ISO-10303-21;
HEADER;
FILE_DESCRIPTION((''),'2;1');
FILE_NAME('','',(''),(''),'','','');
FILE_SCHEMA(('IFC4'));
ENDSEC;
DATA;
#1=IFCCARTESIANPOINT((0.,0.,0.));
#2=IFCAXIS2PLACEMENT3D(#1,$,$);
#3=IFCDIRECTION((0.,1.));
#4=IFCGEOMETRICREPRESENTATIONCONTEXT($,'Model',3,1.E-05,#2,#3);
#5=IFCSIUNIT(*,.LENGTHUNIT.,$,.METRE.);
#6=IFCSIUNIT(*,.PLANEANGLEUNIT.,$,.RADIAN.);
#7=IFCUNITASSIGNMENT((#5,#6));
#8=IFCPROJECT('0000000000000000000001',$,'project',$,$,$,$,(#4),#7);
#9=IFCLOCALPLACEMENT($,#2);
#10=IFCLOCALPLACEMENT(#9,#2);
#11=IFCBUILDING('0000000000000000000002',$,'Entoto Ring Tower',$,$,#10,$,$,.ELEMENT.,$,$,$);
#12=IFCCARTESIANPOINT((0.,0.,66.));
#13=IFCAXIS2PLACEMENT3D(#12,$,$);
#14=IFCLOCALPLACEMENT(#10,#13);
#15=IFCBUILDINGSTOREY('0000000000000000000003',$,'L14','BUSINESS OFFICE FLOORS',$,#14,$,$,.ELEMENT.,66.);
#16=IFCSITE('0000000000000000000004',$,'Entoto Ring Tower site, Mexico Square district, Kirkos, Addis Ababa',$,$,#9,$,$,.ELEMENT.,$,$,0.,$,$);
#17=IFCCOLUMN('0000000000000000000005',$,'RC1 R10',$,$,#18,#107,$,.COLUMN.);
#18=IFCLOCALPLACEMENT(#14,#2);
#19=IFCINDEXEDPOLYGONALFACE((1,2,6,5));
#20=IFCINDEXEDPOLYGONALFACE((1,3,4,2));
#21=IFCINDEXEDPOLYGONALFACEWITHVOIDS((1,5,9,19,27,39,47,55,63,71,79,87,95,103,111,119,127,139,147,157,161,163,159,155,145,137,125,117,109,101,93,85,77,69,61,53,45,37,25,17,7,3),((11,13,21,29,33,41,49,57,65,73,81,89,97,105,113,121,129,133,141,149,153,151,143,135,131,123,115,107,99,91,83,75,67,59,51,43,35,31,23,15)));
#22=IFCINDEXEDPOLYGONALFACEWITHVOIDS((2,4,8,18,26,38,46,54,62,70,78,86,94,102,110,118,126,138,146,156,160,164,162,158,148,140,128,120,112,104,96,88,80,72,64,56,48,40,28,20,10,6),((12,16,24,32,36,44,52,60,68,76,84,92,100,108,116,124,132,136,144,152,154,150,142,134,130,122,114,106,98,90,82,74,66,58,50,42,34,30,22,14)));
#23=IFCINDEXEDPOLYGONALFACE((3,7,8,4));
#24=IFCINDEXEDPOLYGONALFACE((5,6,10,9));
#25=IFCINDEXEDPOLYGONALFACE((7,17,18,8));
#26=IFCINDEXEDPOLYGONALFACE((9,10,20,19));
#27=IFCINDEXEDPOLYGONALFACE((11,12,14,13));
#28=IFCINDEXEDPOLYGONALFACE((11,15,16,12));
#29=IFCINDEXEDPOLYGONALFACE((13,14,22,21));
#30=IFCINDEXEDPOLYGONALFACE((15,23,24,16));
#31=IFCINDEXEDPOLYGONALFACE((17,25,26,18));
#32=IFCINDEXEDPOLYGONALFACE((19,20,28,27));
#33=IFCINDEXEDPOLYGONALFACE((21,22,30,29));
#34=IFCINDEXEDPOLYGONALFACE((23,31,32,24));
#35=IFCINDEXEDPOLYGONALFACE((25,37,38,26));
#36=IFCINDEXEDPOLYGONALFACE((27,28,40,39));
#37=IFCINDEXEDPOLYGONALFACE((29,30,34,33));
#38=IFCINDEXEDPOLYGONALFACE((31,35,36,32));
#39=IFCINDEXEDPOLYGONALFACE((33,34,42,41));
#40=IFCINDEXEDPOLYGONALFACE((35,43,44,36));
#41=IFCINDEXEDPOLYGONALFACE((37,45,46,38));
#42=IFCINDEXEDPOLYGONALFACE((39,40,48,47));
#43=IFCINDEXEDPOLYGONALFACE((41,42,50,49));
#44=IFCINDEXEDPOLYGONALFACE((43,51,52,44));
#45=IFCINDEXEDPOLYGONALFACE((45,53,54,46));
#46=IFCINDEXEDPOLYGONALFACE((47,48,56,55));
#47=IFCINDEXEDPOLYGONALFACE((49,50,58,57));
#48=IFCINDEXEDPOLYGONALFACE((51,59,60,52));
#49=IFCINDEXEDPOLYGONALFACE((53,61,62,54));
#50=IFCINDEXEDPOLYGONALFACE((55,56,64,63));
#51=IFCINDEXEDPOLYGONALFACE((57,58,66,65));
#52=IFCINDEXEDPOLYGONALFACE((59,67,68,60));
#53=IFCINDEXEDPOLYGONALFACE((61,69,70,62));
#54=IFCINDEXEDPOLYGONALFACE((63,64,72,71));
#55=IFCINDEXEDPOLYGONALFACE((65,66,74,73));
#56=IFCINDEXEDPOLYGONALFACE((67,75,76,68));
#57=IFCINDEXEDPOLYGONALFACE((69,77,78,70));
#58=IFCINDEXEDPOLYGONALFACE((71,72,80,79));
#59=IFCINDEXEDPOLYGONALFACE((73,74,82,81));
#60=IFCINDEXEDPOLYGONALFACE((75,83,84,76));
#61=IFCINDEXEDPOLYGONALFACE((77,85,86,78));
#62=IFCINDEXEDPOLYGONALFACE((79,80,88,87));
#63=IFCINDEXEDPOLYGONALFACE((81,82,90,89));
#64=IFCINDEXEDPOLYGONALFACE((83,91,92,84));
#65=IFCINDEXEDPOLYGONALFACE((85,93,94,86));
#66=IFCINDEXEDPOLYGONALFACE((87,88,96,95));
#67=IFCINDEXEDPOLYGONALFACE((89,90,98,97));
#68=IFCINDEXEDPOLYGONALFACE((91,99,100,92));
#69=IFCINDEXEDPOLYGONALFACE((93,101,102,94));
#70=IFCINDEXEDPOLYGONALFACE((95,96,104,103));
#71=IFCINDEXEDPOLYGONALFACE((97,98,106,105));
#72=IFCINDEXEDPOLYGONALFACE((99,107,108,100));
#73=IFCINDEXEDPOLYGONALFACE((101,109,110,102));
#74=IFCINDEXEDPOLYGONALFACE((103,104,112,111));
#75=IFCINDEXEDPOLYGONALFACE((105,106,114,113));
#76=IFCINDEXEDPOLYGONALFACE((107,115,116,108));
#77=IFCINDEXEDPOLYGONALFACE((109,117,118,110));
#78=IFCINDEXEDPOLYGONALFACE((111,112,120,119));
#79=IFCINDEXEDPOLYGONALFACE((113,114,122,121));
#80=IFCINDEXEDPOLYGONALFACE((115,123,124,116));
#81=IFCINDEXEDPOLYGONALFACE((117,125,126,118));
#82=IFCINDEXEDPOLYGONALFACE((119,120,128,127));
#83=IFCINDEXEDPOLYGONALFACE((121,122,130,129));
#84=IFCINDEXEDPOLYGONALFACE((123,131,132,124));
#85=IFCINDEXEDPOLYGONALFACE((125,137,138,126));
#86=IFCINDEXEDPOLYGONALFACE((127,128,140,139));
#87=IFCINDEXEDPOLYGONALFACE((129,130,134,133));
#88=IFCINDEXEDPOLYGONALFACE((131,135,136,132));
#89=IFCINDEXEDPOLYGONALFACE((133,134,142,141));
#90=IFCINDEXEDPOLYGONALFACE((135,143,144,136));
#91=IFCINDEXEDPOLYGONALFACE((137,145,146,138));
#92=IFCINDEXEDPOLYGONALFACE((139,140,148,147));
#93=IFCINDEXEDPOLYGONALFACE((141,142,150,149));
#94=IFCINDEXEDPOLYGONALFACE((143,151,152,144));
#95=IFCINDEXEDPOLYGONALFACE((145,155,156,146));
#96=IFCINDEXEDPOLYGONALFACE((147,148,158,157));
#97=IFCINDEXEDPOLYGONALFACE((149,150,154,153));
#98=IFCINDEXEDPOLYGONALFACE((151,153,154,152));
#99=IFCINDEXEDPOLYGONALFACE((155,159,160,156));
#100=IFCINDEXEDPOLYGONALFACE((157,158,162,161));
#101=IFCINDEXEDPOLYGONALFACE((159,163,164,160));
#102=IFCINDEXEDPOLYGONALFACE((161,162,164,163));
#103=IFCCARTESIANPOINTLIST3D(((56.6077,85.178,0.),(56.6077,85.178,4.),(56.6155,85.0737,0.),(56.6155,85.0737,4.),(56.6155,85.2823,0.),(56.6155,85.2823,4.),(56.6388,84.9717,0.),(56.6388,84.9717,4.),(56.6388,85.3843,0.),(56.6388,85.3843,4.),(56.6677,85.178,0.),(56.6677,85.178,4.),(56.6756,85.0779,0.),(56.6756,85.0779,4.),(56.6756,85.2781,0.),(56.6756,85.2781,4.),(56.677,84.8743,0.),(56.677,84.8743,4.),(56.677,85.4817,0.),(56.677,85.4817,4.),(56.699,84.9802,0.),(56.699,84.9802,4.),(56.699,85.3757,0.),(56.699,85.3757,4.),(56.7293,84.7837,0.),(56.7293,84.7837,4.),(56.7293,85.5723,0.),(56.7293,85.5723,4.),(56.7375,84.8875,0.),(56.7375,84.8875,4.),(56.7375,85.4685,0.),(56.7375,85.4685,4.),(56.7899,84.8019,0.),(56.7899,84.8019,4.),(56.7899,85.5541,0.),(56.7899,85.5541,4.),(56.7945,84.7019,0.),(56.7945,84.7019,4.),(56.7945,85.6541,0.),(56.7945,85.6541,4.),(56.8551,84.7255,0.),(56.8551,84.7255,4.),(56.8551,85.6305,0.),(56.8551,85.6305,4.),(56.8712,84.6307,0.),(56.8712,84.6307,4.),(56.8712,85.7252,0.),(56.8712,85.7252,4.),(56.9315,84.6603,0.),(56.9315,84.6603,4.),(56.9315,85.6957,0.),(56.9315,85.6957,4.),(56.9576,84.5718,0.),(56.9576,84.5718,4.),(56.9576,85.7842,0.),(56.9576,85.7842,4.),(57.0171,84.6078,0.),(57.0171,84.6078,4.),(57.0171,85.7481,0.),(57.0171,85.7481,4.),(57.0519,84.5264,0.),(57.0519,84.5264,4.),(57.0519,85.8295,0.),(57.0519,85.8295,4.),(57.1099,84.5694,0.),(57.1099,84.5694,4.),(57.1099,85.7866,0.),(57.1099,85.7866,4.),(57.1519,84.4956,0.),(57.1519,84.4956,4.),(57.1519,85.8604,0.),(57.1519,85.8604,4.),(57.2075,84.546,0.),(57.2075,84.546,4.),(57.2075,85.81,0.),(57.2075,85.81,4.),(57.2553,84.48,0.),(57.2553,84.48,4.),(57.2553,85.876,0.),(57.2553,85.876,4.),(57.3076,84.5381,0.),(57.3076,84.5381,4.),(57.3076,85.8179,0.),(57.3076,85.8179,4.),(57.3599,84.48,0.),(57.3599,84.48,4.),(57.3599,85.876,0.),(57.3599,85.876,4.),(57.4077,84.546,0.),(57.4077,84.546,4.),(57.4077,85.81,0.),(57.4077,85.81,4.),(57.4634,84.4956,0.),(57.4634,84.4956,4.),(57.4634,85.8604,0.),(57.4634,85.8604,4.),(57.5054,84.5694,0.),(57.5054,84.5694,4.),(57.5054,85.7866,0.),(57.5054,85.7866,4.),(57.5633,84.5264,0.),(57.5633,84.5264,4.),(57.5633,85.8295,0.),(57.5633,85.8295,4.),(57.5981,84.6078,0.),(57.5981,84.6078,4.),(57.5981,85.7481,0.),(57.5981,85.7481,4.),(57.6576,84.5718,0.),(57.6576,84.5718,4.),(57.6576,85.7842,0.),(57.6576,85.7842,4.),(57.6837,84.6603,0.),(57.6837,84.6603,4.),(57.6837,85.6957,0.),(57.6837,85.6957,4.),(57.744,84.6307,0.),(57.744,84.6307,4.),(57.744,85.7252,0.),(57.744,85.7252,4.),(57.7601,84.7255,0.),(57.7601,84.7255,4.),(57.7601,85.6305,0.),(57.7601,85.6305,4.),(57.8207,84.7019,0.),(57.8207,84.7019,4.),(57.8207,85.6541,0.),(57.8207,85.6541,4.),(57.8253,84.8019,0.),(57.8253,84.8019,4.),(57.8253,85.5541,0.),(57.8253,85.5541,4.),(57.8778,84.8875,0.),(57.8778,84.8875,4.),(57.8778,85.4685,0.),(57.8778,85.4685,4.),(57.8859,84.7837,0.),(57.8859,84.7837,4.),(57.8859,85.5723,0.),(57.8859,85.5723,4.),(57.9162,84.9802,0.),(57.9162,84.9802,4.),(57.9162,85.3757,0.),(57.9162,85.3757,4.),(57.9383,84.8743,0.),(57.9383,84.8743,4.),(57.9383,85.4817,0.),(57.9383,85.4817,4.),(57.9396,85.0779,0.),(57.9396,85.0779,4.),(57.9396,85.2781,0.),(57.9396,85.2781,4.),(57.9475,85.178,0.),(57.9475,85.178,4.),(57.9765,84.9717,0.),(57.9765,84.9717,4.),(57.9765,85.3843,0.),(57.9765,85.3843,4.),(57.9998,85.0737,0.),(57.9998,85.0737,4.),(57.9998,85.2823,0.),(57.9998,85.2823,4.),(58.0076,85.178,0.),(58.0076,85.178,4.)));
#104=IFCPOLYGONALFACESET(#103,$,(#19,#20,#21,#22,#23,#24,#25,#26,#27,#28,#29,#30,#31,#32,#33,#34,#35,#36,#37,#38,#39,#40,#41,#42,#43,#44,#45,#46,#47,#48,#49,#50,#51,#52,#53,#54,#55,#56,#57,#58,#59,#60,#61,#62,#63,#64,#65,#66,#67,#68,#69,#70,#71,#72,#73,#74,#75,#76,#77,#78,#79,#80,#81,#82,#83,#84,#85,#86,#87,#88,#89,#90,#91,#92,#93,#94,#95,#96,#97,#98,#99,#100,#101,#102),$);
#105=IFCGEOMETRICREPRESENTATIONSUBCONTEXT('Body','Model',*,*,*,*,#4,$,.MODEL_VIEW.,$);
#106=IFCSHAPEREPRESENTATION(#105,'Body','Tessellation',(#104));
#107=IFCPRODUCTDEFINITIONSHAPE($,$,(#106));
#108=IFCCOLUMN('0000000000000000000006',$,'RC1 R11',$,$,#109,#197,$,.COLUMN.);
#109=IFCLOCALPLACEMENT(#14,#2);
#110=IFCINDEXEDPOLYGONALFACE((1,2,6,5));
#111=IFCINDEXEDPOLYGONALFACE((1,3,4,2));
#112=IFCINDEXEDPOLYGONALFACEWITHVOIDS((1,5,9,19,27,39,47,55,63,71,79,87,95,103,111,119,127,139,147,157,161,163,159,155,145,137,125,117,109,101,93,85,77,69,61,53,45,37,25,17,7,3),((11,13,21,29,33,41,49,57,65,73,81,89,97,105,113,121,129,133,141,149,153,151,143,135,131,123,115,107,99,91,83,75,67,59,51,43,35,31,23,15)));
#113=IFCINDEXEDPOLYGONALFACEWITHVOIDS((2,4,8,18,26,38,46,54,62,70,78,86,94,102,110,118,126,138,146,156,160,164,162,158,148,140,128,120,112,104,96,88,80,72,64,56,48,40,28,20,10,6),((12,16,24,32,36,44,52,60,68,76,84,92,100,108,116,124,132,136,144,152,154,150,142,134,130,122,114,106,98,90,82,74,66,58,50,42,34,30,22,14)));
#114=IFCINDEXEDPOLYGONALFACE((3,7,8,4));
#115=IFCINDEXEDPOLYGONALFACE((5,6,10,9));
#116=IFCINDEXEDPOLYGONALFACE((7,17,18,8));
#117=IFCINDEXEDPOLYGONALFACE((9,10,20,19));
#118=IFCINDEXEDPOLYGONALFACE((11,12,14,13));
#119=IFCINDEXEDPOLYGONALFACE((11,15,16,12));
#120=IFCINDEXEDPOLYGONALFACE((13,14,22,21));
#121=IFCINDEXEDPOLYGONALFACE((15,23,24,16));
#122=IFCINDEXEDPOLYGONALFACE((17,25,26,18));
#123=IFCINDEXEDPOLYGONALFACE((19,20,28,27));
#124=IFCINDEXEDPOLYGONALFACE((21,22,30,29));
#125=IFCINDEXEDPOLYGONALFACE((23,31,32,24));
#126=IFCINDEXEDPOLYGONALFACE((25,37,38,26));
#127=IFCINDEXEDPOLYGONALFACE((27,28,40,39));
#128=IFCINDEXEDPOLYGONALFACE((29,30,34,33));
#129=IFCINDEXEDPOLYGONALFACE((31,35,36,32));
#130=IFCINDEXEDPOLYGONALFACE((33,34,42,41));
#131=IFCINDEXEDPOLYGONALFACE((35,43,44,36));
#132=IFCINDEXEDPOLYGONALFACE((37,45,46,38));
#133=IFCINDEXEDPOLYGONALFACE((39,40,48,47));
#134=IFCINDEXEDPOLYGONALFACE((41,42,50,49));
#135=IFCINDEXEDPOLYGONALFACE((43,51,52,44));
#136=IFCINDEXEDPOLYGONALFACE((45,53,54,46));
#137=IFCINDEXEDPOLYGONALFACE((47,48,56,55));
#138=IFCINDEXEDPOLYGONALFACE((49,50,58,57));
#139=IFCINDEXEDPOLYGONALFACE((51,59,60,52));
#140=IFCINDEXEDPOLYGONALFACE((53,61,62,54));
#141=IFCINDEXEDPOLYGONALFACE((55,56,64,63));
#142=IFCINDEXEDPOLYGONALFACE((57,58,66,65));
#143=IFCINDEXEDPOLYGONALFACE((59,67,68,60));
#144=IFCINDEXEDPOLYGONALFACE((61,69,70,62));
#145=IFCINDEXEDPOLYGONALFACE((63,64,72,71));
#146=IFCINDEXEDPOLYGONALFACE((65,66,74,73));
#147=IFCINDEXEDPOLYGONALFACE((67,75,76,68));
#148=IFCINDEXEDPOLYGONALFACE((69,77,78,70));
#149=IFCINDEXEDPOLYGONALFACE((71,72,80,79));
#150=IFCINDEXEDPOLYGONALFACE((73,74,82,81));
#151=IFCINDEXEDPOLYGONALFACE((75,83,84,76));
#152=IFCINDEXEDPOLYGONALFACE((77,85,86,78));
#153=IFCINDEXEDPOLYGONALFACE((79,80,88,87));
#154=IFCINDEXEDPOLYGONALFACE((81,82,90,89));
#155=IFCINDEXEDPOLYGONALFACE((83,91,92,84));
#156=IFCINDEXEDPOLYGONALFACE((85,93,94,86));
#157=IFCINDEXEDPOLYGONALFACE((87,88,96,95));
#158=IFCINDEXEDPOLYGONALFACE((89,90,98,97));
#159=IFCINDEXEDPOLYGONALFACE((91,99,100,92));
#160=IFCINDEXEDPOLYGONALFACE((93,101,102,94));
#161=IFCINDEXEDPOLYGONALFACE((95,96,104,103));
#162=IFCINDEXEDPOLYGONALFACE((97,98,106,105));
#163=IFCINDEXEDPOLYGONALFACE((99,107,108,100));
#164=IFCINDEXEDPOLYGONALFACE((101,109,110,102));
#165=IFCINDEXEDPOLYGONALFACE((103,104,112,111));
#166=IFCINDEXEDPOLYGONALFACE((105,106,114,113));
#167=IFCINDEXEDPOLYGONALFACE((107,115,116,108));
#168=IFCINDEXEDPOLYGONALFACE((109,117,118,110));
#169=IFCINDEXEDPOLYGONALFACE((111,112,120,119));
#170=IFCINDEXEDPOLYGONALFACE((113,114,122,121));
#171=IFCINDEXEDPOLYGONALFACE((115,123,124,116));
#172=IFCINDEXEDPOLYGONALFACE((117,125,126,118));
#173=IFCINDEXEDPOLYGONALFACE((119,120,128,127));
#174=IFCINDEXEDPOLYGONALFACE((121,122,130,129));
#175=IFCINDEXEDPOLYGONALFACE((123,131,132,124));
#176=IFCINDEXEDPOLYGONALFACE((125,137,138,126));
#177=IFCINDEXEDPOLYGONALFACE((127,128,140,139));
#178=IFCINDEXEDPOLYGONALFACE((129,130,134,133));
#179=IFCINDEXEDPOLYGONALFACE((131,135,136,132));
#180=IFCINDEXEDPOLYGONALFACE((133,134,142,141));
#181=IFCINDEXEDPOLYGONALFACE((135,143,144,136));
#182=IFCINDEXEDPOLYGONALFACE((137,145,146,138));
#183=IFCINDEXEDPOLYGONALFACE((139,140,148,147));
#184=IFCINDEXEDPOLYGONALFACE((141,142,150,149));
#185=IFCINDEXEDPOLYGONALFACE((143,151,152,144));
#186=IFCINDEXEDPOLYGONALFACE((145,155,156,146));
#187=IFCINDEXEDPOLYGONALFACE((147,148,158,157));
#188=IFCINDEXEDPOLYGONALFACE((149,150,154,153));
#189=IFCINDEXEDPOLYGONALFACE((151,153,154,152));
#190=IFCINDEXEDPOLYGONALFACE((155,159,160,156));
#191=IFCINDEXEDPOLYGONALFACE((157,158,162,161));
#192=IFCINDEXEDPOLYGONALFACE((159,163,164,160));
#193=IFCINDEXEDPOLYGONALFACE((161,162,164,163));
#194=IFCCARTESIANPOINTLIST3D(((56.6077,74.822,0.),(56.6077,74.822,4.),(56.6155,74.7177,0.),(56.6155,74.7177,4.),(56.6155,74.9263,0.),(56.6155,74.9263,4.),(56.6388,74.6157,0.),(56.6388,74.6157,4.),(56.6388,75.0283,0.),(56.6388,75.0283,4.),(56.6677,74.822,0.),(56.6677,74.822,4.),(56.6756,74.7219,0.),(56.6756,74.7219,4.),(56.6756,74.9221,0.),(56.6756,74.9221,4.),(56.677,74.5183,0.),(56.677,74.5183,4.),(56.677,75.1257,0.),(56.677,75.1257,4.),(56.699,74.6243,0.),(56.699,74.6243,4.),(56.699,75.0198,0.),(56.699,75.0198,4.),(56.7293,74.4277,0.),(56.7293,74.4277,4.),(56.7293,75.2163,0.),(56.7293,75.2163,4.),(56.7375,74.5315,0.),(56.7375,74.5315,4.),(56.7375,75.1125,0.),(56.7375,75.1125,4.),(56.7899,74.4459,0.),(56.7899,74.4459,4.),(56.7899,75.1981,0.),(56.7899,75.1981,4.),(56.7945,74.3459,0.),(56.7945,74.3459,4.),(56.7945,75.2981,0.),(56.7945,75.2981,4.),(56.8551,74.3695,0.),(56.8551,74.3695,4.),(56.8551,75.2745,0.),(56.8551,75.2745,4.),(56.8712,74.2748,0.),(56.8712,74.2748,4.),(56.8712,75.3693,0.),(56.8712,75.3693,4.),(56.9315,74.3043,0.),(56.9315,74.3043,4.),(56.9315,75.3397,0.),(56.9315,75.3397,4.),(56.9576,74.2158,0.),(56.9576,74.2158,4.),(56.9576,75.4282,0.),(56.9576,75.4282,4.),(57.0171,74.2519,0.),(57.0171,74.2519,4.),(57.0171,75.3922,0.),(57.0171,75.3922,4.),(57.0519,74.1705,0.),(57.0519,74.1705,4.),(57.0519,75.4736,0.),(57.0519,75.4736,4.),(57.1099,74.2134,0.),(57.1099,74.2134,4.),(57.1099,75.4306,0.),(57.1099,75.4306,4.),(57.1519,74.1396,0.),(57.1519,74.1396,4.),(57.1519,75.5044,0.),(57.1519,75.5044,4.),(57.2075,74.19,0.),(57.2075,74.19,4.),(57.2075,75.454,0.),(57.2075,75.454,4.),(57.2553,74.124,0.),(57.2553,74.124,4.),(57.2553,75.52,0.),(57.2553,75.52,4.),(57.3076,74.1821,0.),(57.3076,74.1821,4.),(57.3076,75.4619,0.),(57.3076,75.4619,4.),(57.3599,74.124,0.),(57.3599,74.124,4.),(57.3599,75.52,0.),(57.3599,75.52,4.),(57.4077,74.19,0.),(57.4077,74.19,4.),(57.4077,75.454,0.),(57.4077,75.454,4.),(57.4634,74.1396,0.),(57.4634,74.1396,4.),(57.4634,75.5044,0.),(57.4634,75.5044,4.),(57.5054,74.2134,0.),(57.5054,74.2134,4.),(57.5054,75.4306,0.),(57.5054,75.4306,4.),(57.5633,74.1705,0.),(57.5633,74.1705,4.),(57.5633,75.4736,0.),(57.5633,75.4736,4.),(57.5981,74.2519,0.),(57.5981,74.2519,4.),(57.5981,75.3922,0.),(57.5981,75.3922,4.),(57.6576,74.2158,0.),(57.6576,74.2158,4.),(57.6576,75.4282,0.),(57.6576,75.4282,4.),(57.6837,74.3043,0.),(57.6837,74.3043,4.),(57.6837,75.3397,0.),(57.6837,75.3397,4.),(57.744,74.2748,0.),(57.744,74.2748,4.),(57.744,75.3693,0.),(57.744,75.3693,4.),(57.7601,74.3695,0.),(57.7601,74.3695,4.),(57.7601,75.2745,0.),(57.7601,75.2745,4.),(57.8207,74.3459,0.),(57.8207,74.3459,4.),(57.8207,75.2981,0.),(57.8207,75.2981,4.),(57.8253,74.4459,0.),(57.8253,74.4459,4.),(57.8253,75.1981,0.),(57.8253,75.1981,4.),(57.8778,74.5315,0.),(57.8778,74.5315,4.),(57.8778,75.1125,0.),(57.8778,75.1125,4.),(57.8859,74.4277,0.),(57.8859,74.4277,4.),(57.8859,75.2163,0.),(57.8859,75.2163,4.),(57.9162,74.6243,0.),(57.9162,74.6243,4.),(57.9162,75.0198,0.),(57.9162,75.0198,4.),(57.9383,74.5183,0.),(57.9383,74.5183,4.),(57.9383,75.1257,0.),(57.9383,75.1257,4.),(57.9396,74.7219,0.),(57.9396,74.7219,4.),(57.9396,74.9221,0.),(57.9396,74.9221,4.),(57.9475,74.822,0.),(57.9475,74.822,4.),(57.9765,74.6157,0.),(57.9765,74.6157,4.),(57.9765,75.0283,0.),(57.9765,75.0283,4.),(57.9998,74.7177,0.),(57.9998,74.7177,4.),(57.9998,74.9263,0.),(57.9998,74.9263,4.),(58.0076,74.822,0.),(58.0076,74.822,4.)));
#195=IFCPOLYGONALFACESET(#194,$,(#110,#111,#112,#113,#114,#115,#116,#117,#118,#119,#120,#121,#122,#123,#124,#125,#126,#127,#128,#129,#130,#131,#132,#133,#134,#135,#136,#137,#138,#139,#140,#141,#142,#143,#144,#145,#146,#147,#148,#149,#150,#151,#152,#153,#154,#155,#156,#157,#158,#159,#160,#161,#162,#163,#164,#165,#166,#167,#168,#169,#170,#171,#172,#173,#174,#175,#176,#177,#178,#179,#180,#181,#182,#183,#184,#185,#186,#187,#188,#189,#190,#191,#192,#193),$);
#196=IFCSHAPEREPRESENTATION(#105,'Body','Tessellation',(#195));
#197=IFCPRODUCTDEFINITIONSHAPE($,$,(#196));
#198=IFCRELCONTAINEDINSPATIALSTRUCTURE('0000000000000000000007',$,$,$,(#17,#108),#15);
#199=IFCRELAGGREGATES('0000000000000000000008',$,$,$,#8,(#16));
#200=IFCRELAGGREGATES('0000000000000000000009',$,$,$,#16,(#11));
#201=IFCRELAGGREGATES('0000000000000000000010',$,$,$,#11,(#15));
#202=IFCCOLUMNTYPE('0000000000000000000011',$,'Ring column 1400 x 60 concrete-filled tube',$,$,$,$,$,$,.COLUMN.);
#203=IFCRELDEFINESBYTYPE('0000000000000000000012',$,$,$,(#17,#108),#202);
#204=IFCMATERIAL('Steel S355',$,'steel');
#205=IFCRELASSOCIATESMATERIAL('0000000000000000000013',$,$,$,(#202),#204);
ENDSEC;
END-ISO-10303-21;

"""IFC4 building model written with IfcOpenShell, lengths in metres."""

from ifc_helpers import new_model, si_unit, direction, frame, origin, origin_2d, place, context, subcontext, project, spatial, circle, hollow_circle, extrude, material, material_profile, profile_set, type_object, element, save


model = new_model("IFC4")

# Units and contexts
model_context = context("Model", 3, precision=1e-05, world=origin(), true_north=direction((0.0, 1.0)))
body_context = subcontext(model_context, "Body", "Model", "MODEL_VIEW")
ifc_project = project(units=[si_unit("LENGTHUNIT", "METRE"), si_unit("PLANEANGLEUNIT", "RADIAN")], contexts=[model_context])

# Site, building, storey
site_placement = place(None, origin())
site = spatial("IfcSite", under=ifc_project, at=site_placement, Name="Entoto Ring Tower site, Mexico Square district, Kirkos, Addis Ababa", CompositionType="ELEMENT", RefElevation=0.0)
building_placement = place(site_placement, origin())
building = spatial("IfcBuilding", under=site, at=building_placement, Name="Entoto Ring Tower", CompositionType="ELEMENT")
storey_placement = place(building_placement, frame((0.0, 0.0, 66.0)))
storey = spatial("IfcBuildingStorey", under=building, at=storey_placement, Name="L14", Description="BUSINESS OFFICE FLOORS", CompositionType="ELEMENT", Elevation=66.0)

# Columns
ifc_material_1 = material(Name="Steel S355", Category="steel")
ifc_material_profile_1 = material_profile(ifc_material_1, hollow_circle(Radius=0.7, WallThickness=0.0601, at=origin_2d()), Name="CHS 1400 x 60")
ifc_material_2 = material(Name="Concrete C60/75", Category="concrete")
ifc_material_profile_2 = material_profile(ifc_material_2, circle(Radius=0.6399, at=origin_2d()), Name="Concrete C60/75 infill")
ifc_profile_set_1 = profile_set([ifc_material_profile_1, ifc_material_profile_2], Name="Steel S355")
column_type = type_object("IfcColumnType", Name="Ring column 1400 x 60 concrete-filled tube", PredefinedType="COLUMN", material=ifc_profile_set_1)
for number, where, z_axis, x_axis, name in (
    (1, (57.3076, 85.178, 0.0), (0.0, 0.0, 1.0), (1.0, 0.0, 0.0), "RC1 R10"),
    (2, (57.3076, 74.822, 0.0), (0.0, 0.0, 1.0), (1.0, 0.0, 0.0), "RC1 R11"),
):
    element("IfcColumn", number, at=place(storey_placement, frame(where, z_axis=z_axis, x_axis=x_axis)), inside=storey, type_object=column_type, Name=name, PredefinedType="COLUMN", context=body_context, shape_type="SweptSolid", body=[
        extrude(hollow_circle(Radius=0.7, WallThickness=0.0601, at=origin_2d()), origin(), (0.0, 0.0, 1.0), 4.0),
    ])

save(model, "model.ifc")
